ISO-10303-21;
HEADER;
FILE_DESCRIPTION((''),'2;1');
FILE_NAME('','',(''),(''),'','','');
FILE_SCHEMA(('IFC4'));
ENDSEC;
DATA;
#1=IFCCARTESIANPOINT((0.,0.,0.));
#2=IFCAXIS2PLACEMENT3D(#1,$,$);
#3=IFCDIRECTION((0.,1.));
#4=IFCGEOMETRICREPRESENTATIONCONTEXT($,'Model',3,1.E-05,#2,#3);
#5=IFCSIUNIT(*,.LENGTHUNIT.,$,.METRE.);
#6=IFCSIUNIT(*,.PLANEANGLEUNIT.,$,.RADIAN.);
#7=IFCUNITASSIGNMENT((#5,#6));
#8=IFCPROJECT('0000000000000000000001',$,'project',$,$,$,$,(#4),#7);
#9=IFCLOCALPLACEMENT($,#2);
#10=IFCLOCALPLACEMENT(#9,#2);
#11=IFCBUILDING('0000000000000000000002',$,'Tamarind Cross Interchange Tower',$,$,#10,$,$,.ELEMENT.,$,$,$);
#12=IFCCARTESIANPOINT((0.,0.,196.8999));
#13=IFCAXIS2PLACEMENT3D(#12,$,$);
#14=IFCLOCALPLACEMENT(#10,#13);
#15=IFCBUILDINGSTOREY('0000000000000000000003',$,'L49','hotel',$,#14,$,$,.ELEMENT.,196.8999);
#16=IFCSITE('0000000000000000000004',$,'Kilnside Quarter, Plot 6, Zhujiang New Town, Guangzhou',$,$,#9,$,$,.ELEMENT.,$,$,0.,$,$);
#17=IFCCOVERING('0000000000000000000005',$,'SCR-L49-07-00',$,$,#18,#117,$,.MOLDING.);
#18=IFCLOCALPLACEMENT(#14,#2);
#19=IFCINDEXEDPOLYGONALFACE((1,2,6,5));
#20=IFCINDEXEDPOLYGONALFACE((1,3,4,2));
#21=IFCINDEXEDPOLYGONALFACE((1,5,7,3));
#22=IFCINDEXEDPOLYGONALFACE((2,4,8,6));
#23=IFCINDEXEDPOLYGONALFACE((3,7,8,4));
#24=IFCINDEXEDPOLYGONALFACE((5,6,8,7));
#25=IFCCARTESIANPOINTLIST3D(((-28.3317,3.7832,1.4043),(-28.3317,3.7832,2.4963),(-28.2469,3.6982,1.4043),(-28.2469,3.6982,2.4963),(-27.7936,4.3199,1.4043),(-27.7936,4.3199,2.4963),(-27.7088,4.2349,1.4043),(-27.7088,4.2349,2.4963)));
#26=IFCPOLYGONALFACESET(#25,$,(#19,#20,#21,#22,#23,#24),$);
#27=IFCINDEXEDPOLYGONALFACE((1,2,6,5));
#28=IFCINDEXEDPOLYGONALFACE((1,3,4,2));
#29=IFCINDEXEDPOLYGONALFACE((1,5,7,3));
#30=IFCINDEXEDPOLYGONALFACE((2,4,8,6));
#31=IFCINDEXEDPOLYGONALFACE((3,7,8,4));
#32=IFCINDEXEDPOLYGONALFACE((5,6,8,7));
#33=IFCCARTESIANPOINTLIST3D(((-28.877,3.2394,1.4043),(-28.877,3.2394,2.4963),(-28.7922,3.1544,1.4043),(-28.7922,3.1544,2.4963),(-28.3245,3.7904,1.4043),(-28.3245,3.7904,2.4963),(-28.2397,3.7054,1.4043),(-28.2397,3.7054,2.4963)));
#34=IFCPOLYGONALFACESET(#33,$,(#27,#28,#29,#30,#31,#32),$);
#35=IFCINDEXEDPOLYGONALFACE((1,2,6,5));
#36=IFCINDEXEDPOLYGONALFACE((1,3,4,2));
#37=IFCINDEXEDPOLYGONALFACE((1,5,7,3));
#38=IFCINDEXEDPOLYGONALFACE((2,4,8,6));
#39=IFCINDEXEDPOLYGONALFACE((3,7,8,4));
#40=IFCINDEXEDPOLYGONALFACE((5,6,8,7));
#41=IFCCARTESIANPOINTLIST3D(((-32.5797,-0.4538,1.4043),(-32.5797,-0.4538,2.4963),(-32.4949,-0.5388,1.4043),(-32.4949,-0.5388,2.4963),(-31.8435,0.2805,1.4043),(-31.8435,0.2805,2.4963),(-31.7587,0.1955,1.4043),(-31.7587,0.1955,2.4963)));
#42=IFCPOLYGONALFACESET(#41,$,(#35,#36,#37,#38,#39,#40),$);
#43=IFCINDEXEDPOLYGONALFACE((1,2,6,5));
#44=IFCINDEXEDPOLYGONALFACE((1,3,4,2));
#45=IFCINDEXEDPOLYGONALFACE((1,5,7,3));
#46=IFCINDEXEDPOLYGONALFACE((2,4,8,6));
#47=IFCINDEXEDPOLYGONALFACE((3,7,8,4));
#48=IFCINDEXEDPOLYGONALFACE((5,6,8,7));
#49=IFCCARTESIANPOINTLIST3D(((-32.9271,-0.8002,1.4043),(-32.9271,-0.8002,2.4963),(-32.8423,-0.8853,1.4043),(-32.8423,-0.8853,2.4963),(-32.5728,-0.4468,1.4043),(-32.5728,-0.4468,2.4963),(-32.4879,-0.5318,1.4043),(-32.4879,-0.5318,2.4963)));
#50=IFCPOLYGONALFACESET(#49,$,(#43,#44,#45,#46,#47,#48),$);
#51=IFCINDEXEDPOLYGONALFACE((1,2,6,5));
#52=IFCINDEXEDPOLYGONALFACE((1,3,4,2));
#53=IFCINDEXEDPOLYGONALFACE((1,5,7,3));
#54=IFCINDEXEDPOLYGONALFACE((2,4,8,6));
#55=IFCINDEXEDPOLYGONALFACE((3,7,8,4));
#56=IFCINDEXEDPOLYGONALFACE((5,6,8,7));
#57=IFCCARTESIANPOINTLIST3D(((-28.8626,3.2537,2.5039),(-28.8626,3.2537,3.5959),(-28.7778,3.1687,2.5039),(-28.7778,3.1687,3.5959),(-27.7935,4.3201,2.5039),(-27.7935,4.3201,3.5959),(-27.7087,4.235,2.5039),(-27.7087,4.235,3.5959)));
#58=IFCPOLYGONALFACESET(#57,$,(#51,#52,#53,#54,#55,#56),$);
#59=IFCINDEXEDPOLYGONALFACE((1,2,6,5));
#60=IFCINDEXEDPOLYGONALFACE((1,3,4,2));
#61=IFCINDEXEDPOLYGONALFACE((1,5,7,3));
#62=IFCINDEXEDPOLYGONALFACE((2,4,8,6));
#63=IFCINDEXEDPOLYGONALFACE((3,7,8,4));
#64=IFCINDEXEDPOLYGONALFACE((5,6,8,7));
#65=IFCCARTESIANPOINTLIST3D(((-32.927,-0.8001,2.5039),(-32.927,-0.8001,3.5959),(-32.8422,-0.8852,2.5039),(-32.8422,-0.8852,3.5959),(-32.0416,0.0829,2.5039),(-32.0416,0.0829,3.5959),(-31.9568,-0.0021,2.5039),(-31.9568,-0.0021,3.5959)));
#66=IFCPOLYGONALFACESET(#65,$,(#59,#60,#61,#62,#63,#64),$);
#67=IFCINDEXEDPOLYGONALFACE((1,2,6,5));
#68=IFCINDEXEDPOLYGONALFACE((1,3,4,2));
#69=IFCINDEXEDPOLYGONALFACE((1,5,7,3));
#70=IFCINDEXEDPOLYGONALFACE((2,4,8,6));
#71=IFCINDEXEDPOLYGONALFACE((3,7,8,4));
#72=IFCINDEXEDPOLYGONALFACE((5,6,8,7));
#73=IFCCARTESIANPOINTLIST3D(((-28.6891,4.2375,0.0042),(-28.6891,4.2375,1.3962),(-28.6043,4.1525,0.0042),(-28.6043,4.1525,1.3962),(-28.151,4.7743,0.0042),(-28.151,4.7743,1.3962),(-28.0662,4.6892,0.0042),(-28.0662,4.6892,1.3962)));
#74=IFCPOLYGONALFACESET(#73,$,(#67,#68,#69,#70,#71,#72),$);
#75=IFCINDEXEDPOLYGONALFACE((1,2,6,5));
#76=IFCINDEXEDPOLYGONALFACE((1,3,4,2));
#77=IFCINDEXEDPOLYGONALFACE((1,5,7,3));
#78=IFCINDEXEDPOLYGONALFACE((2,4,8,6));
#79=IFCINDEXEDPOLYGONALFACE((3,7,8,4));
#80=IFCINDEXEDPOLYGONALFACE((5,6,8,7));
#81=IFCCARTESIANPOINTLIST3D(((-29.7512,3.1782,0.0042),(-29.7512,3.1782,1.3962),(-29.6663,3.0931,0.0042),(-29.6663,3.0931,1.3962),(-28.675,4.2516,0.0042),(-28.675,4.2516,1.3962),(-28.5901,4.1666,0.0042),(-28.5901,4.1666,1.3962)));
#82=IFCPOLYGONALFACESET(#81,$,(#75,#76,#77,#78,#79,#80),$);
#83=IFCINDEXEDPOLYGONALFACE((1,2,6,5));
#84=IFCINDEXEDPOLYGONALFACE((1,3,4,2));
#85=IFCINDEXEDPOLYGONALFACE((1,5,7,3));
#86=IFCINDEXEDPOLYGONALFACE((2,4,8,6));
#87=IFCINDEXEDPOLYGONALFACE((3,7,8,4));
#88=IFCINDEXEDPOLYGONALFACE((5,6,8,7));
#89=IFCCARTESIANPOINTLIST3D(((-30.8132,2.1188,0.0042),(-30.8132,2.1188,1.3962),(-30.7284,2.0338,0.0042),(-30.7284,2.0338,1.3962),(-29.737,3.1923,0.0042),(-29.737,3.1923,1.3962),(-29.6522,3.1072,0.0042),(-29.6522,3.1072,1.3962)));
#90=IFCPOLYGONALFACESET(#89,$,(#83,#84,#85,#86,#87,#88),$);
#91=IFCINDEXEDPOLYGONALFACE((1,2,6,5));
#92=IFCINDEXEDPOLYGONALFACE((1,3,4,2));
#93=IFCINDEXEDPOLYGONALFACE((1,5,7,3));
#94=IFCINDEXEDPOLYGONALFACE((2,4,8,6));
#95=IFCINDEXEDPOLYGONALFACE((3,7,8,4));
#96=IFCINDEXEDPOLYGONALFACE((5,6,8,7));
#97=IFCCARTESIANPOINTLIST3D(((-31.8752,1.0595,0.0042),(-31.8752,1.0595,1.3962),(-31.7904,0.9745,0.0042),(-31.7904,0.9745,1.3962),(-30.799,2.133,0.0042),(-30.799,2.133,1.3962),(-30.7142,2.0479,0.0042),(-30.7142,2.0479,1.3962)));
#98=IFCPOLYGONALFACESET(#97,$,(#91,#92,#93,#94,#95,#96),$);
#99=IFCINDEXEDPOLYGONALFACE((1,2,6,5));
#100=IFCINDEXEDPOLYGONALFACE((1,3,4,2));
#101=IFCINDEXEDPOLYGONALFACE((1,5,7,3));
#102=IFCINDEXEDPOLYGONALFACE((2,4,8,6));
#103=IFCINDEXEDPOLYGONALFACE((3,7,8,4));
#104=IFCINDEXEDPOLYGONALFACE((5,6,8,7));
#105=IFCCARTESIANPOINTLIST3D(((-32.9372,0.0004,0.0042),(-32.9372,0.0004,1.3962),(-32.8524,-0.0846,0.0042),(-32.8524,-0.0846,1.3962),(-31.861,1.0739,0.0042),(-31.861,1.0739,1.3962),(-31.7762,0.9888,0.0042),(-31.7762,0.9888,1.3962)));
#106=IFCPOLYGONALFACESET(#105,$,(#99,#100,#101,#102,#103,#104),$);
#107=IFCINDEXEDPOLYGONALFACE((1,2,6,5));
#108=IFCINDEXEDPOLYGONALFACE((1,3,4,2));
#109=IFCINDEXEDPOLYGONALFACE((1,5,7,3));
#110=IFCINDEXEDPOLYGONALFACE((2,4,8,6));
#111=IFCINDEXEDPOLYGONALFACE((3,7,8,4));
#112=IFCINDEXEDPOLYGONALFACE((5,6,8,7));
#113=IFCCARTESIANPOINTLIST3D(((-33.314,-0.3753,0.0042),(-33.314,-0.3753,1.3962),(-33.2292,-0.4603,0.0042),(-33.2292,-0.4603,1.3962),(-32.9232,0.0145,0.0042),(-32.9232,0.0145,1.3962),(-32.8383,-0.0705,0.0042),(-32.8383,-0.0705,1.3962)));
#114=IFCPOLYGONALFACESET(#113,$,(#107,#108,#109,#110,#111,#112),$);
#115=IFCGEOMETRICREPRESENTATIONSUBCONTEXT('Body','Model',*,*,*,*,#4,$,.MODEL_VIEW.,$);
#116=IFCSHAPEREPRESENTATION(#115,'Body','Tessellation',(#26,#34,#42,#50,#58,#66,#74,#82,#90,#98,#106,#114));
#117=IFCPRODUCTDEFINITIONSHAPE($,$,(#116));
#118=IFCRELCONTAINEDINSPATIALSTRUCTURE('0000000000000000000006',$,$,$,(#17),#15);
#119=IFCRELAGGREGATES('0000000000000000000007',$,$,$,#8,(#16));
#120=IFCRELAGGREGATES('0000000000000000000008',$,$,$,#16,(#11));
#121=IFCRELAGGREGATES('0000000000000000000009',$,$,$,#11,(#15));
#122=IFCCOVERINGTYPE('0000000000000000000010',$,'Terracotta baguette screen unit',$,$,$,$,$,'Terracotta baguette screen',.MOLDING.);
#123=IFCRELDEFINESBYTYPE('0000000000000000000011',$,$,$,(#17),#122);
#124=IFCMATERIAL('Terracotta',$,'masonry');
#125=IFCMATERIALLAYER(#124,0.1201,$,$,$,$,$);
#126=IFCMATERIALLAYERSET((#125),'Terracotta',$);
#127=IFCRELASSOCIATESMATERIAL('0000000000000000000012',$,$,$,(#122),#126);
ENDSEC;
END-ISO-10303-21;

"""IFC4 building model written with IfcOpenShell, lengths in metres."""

from ifc_helpers import new_model, si_unit, direction, frame, origin, origin_2d, place, context, subcontext, project, spatial, rectangle, extrude, material, layer, layer_set, type_object, element, save


model = new_model("IFC4")

# Units and contexts
model_context = context("Model", 3, precision=1e-05, world=origin(), true_north=direction((0.0, 1.0)))
body_context = subcontext(model_context, "Body", "Model", "MODEL_VIEW")
ifc_project = project(units=[si_unit("LENGTHUNIT", "METRE"), si_unit("PLANEANGLEUNIT", "RADIAN")], contexts=[model_context])

# Site, building, storey
site_placement = place(None, origin())
site = spatial("IfcSite", under=ifc_project, at=site_placement, Name="Kilnside Quarter, Plot 6, Zhujiang New Town, Guangzhou", CompositionType="ELEMENT", RefElevation=0.0)
building_placement = place(site_placement, origin())
building = spatial("IfcBuilding", under=site, at=building_placement, Name="Tamarind Cross Interchange Tower", CompositionType="ELEMENT")
storey_placement = place(building_placement, frame((0.0, 0.0, 196.8999)))
storey = spatial("IfcBuildingStorey", under=building, at=storey_placement, Name="L49", Description="hotel", CompositionType="ELEMENT", Elevation=196.8999)

# Covering
ifc_material_1 = material(Name="Terracotta", Category="masonry")
ifc_layer_1 = layer(ifc_material_1, 0.1201)
ifc_layer_set_1 = layer_set([ifc_layer_1], Name="Terracotta")
covering_type = type_object("IfcCoveringType", Name="Terracotta baguette screen unit", ElementType="Terracotta baguette screen", PredefinedType="MOLDING", material=ifc_layer_set_1)
covering_1_placement = place(storey_placement, origin())
element("IfcCovering", 1, at=covering_1_placement, inside=storey, type_object=covering_type, Name="SCR-L49-07-00", PredefinedType="MOLDING", context=body_context, shape_type="SweptSolid", body=[
    extrude(rectangle(XDim=0.76, YDim=0.1201, at=origin_2d()), frame((-28.0203, 4.009, 1.4043), z_axis=(0.0, 0.0, 1.0), x_axis=(-0.708015, -0.706198, 0.0)), (0.0, 0.0, 1.0), 1.092),
    extrude(rectangle(XDim=0.7803, YDim=0.1201, at=origin_2d()), frame((-28.5583, 3.4724, 1.4043), z_axis=(0.0, 0.0, 1.0), x_axis=(-0.708015, -0.706198, 0.0)), (0.0, 0.0, 1.0), 1.092),
    extrude(rectangle(XDim=1.0398, YDim=0.1201, at=origin_2d()), frame((-32.1692, -0.1292, 1.4043), z_axis=(0.0, 0.0, 1.0), x_axis=(-0.708015, -0.706198, 0.0)), (0.0, 0.0, 1.0), 1.092),
    extrude(rectangle(XDim=0.5005, YDim=0.1201, at=origin_2d()), frame((-32.7075, -0.666, 1.4043), z_axis=(0.0, 0.0, 1.0), x_axis=(-0.708015, -0.706198, 0.0)), (0.0, 0.0, 1.0), 1.092),
    extrude(rectangle(XDim=1.51, YDim=0.1201, at=origin_2d()), frame((-28.2856, 3.7444, 2.5039), z_axis=(0.0, 0.0, 1.0), x_axis=(-0.708015, -0.706198, 0.0)), (0.0, 0.0, 1.0), 1.092),
    extrude(rectangle(XDim=1.2505, YDim=0.1201, at=origin_2d()), frame((-32.4419, -0.4011, 2.5039), z_axis=(0.0, 0.0, 1.0), x_axis=(-0.708015, -0.706198, 0.0)), (0.0, 0.0, 1.0), 1.092),
    extrude(rectangle(XDim=0.76, YDim=0.1201, at=origin_2d()), frame((-28.3777, 4.4634, 0.0042), z_axis=(0.0, 0.0, 1.0), x_axis=(-0.708015, -0.706198, 0.0)), (0.0, 0.0, 1.0), 1.3921),
    extrude(rectangle(XDim=1.52, YDim=0.1201, at=origin_2d()), frame((-29.1707, 3.6724, 0.0042), z_axis=(0.0, 0.0, 1.0), x_axis=(-0.708015, -0.706198, 0.0)), (0.0, 0.0, 1.0), 1.3921),
    extrude(rectangle(XDim=1.52, YDim=0.1201, at=origin_2d()), frame((-30.2327, 2.613, 0.0042), z_axis=(0.0, 0.0, 1.0), x_axis=(-0.708015, -0.706198, 0.0)), (0.0, 0.0, 1.0), 1.3921),
    extrude(rectangle(XDim=1.52, YDim=0.1201, at=origin_2d()), frame((-31.2947, 1.5537, 0.0042), z_axis=(0.0, 0.0, 1.0), x_axis=(-0.708015, -0.706198, 0.0)), (0.0, 0.0, 1.0), 1.3921),
    extrude(rectangle(XDim=1.52, YDim=0.1201, at=origin_2d()), frame((-32.3567, 0.4946, 0.0042), z_axis=(0.0, 0.0, 1.0), x_axis=(-0.708015, -0.706198, 0.0)), (0.0, 0.0, 1.0), 1.3921),
    extrude(rectangle(XDim=0.552, YDim=0.1201, at=origin_2d()), frame((-33.0762, -0.2229, 0.0042), z_axis=(0.0, 0.0, 1.0), x_axis=(-0.708015, -0.706198, 0.0)), (0.0, 0.0, 1.0), 1.3921),
])

save(model, "model.ifc")
